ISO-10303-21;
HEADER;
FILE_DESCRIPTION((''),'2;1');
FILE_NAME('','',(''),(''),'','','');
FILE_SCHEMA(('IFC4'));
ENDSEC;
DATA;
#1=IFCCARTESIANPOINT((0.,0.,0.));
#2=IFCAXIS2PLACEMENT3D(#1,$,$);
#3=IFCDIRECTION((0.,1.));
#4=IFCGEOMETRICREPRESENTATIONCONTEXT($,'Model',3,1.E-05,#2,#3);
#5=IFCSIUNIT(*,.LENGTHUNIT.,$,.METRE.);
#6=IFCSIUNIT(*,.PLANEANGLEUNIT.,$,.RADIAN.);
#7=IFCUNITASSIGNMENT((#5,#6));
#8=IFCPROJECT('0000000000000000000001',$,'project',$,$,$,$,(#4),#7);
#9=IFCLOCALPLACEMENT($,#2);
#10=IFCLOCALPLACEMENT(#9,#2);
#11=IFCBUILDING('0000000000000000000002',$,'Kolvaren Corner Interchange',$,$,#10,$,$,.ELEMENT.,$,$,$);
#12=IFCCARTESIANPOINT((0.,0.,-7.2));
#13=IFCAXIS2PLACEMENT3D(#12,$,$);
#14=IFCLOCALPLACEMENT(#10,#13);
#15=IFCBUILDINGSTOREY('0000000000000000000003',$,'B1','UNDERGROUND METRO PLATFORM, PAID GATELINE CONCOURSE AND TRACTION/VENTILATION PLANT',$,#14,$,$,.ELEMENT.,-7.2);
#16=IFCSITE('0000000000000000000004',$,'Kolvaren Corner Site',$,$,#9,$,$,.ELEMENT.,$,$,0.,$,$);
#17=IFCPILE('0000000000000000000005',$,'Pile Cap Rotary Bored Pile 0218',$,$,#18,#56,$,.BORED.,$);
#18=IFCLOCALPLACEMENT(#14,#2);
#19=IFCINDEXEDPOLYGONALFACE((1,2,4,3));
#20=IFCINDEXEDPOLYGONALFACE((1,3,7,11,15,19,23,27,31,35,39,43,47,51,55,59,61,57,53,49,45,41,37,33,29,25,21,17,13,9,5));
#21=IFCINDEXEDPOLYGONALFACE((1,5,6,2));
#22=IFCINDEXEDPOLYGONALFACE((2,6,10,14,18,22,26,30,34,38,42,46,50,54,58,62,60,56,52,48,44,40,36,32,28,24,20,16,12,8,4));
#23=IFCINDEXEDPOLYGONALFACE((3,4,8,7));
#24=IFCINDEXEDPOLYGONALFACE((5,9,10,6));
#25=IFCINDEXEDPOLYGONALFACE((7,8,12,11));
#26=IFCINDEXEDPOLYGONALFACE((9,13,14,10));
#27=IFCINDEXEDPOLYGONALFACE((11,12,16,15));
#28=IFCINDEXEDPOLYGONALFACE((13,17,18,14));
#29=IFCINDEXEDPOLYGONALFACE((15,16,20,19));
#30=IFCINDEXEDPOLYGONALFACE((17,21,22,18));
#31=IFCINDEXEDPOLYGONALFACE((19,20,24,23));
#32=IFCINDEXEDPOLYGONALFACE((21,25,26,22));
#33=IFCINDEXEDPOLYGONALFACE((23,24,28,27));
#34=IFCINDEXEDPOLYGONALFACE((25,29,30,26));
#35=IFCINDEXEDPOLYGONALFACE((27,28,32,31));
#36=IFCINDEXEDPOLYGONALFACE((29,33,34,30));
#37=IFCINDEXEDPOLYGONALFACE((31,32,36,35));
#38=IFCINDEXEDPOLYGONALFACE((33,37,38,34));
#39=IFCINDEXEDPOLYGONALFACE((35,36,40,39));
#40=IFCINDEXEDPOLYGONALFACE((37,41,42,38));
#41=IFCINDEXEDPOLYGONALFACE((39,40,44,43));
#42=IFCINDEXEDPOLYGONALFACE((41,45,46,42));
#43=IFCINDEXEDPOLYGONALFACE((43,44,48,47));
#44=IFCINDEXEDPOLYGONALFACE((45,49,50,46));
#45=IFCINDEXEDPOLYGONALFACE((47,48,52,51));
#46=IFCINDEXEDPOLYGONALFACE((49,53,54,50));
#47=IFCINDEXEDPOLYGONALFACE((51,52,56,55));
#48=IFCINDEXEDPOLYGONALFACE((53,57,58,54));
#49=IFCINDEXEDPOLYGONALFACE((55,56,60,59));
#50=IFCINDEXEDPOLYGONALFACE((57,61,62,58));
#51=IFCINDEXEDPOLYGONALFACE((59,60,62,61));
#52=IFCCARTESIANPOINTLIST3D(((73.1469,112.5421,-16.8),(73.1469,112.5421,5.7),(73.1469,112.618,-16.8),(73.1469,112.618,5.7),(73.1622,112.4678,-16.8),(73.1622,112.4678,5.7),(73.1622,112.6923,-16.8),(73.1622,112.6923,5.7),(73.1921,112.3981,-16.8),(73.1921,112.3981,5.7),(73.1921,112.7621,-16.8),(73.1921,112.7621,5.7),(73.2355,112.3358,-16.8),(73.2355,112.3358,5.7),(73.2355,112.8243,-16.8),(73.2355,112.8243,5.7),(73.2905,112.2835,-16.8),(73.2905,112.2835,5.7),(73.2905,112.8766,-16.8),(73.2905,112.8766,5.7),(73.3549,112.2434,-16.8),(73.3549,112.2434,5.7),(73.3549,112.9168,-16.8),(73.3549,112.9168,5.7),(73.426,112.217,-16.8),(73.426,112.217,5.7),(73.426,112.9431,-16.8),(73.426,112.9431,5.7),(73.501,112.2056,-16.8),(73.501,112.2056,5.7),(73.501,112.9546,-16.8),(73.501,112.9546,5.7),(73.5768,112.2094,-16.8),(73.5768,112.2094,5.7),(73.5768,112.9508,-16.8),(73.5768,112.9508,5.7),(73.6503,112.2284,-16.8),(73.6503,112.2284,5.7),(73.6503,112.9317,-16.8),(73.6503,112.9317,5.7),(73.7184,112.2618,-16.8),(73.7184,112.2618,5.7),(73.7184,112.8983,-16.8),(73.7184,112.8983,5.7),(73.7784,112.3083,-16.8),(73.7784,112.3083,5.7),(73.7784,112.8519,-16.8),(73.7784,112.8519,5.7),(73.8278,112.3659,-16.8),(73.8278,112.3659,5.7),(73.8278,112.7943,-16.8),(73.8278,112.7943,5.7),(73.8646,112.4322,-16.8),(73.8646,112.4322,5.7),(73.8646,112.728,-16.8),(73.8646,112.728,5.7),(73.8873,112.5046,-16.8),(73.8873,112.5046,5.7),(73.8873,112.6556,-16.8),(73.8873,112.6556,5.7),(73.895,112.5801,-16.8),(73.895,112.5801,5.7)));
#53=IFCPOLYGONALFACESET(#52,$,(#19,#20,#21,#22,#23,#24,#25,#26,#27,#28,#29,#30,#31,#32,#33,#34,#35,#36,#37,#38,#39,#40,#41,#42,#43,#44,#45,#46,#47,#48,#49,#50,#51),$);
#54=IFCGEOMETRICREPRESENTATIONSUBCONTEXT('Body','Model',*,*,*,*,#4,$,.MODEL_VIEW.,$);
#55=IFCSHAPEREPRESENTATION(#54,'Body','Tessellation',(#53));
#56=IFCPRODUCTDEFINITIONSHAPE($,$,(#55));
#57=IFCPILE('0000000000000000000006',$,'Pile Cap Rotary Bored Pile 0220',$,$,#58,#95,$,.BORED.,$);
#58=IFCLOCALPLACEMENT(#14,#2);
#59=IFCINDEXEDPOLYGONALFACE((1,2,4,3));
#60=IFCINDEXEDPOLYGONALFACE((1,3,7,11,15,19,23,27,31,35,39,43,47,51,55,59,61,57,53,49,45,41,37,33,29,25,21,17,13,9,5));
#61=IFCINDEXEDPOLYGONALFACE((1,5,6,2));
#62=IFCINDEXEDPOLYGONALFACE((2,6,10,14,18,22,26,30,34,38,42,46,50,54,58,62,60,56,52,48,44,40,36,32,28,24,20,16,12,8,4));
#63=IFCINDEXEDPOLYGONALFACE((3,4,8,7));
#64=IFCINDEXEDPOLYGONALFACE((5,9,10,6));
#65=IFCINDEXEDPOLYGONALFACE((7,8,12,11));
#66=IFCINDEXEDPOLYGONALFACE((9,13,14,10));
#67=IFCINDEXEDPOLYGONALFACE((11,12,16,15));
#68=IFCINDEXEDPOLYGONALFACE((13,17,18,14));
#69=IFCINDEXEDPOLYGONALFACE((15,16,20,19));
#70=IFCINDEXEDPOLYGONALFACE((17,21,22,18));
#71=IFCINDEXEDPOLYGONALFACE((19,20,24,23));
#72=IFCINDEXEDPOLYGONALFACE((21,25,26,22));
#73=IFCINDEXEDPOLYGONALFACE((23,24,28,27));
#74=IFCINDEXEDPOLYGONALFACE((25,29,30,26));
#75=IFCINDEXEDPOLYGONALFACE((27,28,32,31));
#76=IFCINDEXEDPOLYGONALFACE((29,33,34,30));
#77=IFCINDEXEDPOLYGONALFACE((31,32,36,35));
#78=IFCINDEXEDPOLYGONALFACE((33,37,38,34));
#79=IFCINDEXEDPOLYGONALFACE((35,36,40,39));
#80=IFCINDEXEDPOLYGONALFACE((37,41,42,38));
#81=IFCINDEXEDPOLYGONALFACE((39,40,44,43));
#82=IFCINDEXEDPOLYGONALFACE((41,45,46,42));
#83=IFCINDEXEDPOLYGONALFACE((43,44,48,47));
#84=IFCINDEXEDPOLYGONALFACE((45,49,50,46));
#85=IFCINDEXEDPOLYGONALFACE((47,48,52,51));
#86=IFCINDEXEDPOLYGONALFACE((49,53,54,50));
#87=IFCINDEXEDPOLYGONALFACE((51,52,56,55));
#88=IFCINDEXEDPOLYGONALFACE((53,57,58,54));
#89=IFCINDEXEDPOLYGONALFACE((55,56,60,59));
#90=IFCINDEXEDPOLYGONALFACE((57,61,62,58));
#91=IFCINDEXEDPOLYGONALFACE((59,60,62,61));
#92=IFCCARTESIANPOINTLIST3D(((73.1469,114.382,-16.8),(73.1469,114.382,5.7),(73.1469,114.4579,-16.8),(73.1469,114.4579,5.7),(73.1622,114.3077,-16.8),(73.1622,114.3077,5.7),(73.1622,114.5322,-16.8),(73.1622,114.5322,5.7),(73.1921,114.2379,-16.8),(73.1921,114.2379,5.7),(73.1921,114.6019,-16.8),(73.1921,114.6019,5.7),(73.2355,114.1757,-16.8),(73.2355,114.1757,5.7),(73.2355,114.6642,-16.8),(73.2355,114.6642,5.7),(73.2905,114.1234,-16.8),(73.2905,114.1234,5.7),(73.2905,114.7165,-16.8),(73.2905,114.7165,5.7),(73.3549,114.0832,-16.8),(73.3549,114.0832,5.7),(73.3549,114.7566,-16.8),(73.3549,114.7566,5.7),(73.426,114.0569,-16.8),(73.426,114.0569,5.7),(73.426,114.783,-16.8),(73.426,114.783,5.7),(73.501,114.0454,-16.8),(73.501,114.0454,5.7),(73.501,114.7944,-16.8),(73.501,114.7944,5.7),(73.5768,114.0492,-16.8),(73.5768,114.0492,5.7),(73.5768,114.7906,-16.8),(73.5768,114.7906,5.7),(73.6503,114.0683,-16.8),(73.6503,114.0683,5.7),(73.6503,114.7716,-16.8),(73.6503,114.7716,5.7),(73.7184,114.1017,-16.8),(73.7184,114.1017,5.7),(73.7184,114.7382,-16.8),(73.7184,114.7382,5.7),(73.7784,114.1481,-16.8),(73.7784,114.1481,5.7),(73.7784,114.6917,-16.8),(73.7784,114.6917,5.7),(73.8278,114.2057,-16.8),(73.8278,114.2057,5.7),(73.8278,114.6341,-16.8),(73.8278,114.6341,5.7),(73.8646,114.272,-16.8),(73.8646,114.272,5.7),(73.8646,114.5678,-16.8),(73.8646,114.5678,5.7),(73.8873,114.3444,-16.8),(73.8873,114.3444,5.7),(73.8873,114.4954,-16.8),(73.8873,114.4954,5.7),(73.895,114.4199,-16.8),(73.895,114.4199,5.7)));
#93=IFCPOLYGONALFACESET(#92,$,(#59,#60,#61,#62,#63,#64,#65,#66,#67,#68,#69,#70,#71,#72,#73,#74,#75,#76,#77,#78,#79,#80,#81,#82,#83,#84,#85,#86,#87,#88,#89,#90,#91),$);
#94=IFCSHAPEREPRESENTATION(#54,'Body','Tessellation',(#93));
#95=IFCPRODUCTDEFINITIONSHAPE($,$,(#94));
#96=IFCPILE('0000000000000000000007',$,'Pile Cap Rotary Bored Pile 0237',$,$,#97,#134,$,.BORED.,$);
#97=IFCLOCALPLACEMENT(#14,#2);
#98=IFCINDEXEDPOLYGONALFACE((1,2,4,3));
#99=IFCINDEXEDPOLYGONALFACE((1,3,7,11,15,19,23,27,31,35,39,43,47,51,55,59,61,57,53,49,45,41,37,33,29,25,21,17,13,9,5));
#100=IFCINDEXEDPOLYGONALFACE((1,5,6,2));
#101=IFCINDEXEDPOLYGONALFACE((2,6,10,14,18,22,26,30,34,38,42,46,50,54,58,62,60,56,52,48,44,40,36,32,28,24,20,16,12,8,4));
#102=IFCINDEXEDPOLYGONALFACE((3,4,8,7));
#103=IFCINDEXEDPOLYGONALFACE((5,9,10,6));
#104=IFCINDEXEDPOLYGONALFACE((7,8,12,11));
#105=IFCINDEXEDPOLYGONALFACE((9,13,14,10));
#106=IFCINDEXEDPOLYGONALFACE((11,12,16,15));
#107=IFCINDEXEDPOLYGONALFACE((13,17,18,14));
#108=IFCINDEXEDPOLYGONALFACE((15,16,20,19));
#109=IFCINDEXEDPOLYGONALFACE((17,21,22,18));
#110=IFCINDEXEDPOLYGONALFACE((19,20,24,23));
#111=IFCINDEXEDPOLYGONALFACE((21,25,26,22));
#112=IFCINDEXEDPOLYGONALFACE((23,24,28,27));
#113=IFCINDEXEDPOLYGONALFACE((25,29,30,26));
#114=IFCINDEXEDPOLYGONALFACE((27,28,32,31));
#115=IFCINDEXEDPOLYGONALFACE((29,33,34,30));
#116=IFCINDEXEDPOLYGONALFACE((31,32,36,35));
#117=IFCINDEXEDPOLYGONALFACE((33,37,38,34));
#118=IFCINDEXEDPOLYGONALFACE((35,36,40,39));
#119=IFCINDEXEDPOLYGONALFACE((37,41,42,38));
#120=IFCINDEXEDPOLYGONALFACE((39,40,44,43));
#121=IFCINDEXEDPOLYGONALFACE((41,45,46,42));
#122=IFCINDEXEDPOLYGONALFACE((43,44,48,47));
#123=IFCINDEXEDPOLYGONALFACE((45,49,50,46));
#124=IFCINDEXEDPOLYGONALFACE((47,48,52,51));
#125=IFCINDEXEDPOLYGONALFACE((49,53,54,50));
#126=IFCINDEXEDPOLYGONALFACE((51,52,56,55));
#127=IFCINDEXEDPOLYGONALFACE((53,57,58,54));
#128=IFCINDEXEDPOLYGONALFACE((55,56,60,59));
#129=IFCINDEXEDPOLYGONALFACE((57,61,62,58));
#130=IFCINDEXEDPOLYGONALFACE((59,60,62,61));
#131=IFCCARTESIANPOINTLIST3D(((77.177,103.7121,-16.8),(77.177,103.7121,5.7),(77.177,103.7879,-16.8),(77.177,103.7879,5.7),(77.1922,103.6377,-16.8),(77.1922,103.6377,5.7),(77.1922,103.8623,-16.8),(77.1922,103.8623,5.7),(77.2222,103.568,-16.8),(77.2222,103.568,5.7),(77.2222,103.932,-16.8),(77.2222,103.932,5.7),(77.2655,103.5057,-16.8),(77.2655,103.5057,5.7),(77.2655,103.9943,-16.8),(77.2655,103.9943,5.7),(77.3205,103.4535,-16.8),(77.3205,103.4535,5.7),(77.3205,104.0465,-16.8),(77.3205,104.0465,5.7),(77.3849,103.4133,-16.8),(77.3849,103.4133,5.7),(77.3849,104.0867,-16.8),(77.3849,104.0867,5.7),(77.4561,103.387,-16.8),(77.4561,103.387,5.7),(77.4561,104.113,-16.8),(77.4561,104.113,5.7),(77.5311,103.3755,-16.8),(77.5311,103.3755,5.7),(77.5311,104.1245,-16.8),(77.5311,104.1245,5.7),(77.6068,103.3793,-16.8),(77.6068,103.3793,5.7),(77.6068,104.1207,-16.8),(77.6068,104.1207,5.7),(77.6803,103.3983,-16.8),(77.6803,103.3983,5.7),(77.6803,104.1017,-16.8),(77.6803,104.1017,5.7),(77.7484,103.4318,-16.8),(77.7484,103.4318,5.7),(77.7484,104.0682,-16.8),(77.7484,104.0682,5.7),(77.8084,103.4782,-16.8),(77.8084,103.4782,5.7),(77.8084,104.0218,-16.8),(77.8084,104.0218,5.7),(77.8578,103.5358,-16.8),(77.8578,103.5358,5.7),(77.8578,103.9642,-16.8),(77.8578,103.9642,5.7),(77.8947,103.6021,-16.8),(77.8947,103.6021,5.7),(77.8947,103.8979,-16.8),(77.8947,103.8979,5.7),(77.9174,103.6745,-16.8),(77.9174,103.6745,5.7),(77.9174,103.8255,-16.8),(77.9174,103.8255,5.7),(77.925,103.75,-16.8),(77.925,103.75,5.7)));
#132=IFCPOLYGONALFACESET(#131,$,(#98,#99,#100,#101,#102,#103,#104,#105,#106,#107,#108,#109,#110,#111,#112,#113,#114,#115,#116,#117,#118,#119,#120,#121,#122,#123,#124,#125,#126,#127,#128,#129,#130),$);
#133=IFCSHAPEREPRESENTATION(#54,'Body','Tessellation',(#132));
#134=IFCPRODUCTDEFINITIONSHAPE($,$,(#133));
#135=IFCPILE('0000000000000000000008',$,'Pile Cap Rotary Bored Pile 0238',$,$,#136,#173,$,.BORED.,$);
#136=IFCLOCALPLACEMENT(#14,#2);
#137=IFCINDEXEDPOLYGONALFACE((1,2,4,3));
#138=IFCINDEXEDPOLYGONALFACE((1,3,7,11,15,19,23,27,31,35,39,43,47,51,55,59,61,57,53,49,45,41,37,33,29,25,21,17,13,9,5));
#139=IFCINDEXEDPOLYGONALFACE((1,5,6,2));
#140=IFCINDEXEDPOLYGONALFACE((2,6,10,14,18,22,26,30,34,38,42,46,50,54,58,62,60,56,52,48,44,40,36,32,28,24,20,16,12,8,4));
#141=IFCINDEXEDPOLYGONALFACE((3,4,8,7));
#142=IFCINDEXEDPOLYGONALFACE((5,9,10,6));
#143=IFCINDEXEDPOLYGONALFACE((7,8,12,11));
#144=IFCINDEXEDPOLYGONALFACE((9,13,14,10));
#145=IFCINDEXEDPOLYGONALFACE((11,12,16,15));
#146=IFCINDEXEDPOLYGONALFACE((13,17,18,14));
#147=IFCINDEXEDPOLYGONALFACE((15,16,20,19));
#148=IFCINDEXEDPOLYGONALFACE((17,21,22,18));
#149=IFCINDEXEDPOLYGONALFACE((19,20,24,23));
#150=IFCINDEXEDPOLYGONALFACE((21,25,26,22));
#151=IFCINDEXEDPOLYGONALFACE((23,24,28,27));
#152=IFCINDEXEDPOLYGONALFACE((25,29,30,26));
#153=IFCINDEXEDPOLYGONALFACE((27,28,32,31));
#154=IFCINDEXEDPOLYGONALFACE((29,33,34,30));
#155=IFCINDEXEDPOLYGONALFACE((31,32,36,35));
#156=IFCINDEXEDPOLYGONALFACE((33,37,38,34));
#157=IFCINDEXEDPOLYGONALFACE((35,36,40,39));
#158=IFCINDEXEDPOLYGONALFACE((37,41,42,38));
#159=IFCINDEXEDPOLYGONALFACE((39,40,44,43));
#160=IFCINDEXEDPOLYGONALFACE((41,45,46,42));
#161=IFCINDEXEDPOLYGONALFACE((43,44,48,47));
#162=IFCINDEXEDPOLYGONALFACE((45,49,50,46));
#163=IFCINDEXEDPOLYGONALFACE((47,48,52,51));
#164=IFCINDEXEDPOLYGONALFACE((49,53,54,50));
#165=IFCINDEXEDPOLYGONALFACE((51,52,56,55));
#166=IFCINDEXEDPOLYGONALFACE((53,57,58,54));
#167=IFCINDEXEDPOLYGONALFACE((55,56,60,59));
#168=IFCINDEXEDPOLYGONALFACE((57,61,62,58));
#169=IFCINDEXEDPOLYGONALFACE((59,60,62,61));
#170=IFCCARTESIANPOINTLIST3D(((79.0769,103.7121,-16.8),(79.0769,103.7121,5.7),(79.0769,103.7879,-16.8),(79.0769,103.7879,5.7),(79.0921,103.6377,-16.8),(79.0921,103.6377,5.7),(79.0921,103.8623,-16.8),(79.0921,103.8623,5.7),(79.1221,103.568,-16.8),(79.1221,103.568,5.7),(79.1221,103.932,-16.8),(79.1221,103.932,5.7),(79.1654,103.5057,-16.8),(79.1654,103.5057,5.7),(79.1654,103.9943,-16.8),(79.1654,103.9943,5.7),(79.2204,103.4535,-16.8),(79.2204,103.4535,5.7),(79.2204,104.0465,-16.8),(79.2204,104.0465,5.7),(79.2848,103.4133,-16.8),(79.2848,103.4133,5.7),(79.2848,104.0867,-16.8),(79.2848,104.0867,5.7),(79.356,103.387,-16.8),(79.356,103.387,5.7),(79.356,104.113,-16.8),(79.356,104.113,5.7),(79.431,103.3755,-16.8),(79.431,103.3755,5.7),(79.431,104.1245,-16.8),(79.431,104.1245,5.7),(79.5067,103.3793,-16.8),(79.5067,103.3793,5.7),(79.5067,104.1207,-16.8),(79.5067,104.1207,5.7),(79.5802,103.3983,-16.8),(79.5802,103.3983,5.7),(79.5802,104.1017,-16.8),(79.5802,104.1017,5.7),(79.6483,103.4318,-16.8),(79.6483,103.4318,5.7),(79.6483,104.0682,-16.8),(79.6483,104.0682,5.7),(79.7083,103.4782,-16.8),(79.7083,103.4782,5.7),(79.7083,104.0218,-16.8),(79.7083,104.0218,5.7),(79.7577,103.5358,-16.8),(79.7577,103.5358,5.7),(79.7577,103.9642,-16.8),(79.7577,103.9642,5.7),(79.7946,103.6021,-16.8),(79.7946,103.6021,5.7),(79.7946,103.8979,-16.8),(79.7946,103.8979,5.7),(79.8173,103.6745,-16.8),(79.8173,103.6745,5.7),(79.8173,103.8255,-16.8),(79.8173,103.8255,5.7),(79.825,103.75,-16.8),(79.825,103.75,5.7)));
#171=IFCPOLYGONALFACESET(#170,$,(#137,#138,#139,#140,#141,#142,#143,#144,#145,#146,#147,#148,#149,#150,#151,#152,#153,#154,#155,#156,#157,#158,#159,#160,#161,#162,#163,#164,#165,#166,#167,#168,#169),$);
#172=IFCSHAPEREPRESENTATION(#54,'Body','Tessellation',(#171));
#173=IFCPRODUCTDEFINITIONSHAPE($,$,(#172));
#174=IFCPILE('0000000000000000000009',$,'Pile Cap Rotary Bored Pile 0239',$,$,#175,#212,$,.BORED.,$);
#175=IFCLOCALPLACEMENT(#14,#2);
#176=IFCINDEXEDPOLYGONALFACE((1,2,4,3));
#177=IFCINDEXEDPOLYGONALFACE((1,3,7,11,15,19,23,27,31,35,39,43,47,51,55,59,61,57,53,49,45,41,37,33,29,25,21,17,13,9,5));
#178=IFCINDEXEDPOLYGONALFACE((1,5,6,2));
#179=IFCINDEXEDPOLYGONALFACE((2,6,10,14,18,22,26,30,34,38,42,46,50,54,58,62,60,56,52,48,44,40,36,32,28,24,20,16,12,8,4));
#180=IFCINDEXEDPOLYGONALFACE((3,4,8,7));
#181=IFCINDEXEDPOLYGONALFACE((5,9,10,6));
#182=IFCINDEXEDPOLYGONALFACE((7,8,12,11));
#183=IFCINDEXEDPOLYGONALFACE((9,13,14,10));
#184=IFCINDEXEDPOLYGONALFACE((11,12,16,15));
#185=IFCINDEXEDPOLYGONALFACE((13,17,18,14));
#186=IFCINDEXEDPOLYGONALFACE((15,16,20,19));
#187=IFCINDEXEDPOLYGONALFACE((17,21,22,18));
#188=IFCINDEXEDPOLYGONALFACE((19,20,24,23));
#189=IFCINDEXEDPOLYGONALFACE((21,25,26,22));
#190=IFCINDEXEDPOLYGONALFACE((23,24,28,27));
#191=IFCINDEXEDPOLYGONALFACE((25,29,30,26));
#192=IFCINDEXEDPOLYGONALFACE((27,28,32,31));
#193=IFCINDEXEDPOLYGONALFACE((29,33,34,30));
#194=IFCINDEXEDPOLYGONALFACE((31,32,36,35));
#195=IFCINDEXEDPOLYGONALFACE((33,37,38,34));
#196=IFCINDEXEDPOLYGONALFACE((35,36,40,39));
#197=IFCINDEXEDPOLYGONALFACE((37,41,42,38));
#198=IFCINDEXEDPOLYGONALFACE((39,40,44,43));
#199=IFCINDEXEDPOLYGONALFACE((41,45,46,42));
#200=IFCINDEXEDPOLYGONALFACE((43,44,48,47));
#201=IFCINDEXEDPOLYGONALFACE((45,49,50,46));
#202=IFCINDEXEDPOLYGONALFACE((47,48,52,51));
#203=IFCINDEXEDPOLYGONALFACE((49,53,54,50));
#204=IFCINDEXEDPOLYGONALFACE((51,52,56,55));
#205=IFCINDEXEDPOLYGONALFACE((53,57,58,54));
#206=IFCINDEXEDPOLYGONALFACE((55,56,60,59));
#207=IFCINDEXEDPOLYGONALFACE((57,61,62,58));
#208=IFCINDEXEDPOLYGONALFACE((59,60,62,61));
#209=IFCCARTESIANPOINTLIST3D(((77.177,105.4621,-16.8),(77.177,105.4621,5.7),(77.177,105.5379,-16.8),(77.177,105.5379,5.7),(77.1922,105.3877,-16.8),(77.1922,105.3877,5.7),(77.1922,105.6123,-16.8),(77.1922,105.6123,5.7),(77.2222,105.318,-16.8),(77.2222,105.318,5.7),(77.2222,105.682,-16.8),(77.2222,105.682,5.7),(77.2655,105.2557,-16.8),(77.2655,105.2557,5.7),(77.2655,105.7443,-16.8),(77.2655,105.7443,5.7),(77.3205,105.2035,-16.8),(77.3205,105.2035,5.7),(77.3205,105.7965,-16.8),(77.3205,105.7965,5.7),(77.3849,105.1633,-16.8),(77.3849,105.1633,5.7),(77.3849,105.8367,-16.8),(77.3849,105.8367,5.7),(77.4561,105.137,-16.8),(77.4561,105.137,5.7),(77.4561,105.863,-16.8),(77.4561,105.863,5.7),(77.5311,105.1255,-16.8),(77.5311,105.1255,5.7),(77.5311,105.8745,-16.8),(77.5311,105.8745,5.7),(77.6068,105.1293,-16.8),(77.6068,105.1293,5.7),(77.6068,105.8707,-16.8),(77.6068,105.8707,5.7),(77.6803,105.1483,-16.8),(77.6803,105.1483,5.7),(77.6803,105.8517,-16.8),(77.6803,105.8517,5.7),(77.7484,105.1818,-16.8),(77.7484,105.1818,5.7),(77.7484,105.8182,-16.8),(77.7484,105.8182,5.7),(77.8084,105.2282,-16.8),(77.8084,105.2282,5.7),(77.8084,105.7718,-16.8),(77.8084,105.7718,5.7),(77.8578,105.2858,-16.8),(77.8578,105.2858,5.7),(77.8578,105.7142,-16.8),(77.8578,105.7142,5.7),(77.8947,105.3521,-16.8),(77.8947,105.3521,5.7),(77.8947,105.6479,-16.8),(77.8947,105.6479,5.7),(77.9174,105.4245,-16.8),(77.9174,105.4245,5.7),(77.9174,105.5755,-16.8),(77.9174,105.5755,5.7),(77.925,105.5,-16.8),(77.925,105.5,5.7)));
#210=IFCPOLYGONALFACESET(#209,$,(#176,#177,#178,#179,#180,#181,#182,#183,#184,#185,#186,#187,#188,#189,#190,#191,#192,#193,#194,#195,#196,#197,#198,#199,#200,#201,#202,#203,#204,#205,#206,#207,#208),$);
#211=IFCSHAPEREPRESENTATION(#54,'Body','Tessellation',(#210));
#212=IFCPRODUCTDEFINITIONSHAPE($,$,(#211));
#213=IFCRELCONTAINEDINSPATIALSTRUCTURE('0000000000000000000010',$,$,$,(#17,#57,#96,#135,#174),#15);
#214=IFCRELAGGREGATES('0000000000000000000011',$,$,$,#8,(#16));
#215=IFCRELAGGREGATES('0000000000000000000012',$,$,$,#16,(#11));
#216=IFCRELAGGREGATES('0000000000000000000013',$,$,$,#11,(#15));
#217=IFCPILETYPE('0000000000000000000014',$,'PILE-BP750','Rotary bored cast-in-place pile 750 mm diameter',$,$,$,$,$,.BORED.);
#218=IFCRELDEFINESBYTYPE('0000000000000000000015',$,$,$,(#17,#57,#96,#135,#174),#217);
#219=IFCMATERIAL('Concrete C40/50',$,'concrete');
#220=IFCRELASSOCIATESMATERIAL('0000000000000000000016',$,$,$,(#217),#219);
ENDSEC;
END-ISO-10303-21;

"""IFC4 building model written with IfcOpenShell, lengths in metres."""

from ifc_helpers import new_model, si_unit, direction, frame, origin, origin_2d, place, context, subcontext, project, spatial, circle, extrude, material, material_profile, profile_set, type_object, element, save


model = new_model("IFC4")

# Units and contexts
model_context = context("Model", 3, precision=1e-05, world=origin(), true_north=direction((0.0, 1.0)))
body_context = subcontext(model_context, "Body", "Model", "MODEL_VIEW")
ifc_project = project(units=[si_unit("LENGTHUNIT", "METRE"), si_unit("PLANEANGLEUNIT", "RADIAN")], contexts=[model_context])

# Site, building, storey
site_placement = place(None, origin())
site = spatial("IfcSite", under=ifc_project, at=site_placement, Name="Kolvaren Corner Site", CompositionType="ELEMENT", RefElevation=0.0)
building_placement = place(site_placement, origin())
building = spatial("IfcBuilding", under=site, at=building_placement, Name="Kolvaren Corner Interchange", CompositionType="ELEMENT")
storey_placement = place(building_placement, frame((0.0, 0.0, -7.2)))
storey = spatial("IfcBuildingStorey", under=building, at=storey_placement, Name="B1", Description="UNDERGROUND METRO PLATFORM, PAID GATELINE CONCOURSE AND TRACTION/VENTILATION PLANT", CompositionType="ELEMENT", Elevation=-7.2)

# Piles
ifc_material_1 = material(Name="Concrete C40/50", Category="concrete")
ifc_material_profile = material_profile(ifc_material_1, circle(Radius=0.375, at=origin_2d()), Name="BORED PILE 750")
ifc_profile_set = profile_set([ifc_material_profile], Name="Concrete C40/50")
pile_type = type_object("IfcPileType", Name="PILE-BP750", Description="Rotary bored cast-in-place pile 750 mm diameter", PredefinedType="BORED", material=ifc_profile_set)
for number, where, z_axis, x_axis, name in (
    (1, (73.52, 112.5801, 5.7), (0.0, 0.0, -1.0), (1.0, 0.0, 0.0), "Pile Cap Rotary Bored Pile 0218"),
    (2, (73.52, 114.4199, 5.7), (0.0, 0.0, -1.0), (1.0, 0.0, 0.0), "Pile Cap Rotary Bored Pile 0220"),
    (3, (77.55, 103.75, 5.7), (0.0, 0.0, -1.0), (1.0, 0.0, 0.0), "Pile Cap Rotary Bored Pile 0237"),
    (4, (79.45, 103.75, 5.7), (0.0, 0.0, -1.0), (1.0, 0.0, 0.0), "Pile Cap Rotary Bored Pile 0238"),
    (5, (77.55, 105.5, 5.7), (0.0, 0.0, -1.0), (1.0, 0.0, 0.0), "Pile Cap Rotary Bored Pile 0239"),
):
    element("IfcPile", number, at=place(storey_placement, frame(where, z_axis=z_axis, x_axis=x_axis)), inside=storey, type_object=pile_type, Name=name, PredefinedType="BORED", context=body_context, shape_type="SweptSolid", body=[
        extrude(circle(Radius=0.375, at=origin_2d()), origin(), (0.0, 0.0, 1.0), 22.5),
    ])

save(model, "model.ifc")
